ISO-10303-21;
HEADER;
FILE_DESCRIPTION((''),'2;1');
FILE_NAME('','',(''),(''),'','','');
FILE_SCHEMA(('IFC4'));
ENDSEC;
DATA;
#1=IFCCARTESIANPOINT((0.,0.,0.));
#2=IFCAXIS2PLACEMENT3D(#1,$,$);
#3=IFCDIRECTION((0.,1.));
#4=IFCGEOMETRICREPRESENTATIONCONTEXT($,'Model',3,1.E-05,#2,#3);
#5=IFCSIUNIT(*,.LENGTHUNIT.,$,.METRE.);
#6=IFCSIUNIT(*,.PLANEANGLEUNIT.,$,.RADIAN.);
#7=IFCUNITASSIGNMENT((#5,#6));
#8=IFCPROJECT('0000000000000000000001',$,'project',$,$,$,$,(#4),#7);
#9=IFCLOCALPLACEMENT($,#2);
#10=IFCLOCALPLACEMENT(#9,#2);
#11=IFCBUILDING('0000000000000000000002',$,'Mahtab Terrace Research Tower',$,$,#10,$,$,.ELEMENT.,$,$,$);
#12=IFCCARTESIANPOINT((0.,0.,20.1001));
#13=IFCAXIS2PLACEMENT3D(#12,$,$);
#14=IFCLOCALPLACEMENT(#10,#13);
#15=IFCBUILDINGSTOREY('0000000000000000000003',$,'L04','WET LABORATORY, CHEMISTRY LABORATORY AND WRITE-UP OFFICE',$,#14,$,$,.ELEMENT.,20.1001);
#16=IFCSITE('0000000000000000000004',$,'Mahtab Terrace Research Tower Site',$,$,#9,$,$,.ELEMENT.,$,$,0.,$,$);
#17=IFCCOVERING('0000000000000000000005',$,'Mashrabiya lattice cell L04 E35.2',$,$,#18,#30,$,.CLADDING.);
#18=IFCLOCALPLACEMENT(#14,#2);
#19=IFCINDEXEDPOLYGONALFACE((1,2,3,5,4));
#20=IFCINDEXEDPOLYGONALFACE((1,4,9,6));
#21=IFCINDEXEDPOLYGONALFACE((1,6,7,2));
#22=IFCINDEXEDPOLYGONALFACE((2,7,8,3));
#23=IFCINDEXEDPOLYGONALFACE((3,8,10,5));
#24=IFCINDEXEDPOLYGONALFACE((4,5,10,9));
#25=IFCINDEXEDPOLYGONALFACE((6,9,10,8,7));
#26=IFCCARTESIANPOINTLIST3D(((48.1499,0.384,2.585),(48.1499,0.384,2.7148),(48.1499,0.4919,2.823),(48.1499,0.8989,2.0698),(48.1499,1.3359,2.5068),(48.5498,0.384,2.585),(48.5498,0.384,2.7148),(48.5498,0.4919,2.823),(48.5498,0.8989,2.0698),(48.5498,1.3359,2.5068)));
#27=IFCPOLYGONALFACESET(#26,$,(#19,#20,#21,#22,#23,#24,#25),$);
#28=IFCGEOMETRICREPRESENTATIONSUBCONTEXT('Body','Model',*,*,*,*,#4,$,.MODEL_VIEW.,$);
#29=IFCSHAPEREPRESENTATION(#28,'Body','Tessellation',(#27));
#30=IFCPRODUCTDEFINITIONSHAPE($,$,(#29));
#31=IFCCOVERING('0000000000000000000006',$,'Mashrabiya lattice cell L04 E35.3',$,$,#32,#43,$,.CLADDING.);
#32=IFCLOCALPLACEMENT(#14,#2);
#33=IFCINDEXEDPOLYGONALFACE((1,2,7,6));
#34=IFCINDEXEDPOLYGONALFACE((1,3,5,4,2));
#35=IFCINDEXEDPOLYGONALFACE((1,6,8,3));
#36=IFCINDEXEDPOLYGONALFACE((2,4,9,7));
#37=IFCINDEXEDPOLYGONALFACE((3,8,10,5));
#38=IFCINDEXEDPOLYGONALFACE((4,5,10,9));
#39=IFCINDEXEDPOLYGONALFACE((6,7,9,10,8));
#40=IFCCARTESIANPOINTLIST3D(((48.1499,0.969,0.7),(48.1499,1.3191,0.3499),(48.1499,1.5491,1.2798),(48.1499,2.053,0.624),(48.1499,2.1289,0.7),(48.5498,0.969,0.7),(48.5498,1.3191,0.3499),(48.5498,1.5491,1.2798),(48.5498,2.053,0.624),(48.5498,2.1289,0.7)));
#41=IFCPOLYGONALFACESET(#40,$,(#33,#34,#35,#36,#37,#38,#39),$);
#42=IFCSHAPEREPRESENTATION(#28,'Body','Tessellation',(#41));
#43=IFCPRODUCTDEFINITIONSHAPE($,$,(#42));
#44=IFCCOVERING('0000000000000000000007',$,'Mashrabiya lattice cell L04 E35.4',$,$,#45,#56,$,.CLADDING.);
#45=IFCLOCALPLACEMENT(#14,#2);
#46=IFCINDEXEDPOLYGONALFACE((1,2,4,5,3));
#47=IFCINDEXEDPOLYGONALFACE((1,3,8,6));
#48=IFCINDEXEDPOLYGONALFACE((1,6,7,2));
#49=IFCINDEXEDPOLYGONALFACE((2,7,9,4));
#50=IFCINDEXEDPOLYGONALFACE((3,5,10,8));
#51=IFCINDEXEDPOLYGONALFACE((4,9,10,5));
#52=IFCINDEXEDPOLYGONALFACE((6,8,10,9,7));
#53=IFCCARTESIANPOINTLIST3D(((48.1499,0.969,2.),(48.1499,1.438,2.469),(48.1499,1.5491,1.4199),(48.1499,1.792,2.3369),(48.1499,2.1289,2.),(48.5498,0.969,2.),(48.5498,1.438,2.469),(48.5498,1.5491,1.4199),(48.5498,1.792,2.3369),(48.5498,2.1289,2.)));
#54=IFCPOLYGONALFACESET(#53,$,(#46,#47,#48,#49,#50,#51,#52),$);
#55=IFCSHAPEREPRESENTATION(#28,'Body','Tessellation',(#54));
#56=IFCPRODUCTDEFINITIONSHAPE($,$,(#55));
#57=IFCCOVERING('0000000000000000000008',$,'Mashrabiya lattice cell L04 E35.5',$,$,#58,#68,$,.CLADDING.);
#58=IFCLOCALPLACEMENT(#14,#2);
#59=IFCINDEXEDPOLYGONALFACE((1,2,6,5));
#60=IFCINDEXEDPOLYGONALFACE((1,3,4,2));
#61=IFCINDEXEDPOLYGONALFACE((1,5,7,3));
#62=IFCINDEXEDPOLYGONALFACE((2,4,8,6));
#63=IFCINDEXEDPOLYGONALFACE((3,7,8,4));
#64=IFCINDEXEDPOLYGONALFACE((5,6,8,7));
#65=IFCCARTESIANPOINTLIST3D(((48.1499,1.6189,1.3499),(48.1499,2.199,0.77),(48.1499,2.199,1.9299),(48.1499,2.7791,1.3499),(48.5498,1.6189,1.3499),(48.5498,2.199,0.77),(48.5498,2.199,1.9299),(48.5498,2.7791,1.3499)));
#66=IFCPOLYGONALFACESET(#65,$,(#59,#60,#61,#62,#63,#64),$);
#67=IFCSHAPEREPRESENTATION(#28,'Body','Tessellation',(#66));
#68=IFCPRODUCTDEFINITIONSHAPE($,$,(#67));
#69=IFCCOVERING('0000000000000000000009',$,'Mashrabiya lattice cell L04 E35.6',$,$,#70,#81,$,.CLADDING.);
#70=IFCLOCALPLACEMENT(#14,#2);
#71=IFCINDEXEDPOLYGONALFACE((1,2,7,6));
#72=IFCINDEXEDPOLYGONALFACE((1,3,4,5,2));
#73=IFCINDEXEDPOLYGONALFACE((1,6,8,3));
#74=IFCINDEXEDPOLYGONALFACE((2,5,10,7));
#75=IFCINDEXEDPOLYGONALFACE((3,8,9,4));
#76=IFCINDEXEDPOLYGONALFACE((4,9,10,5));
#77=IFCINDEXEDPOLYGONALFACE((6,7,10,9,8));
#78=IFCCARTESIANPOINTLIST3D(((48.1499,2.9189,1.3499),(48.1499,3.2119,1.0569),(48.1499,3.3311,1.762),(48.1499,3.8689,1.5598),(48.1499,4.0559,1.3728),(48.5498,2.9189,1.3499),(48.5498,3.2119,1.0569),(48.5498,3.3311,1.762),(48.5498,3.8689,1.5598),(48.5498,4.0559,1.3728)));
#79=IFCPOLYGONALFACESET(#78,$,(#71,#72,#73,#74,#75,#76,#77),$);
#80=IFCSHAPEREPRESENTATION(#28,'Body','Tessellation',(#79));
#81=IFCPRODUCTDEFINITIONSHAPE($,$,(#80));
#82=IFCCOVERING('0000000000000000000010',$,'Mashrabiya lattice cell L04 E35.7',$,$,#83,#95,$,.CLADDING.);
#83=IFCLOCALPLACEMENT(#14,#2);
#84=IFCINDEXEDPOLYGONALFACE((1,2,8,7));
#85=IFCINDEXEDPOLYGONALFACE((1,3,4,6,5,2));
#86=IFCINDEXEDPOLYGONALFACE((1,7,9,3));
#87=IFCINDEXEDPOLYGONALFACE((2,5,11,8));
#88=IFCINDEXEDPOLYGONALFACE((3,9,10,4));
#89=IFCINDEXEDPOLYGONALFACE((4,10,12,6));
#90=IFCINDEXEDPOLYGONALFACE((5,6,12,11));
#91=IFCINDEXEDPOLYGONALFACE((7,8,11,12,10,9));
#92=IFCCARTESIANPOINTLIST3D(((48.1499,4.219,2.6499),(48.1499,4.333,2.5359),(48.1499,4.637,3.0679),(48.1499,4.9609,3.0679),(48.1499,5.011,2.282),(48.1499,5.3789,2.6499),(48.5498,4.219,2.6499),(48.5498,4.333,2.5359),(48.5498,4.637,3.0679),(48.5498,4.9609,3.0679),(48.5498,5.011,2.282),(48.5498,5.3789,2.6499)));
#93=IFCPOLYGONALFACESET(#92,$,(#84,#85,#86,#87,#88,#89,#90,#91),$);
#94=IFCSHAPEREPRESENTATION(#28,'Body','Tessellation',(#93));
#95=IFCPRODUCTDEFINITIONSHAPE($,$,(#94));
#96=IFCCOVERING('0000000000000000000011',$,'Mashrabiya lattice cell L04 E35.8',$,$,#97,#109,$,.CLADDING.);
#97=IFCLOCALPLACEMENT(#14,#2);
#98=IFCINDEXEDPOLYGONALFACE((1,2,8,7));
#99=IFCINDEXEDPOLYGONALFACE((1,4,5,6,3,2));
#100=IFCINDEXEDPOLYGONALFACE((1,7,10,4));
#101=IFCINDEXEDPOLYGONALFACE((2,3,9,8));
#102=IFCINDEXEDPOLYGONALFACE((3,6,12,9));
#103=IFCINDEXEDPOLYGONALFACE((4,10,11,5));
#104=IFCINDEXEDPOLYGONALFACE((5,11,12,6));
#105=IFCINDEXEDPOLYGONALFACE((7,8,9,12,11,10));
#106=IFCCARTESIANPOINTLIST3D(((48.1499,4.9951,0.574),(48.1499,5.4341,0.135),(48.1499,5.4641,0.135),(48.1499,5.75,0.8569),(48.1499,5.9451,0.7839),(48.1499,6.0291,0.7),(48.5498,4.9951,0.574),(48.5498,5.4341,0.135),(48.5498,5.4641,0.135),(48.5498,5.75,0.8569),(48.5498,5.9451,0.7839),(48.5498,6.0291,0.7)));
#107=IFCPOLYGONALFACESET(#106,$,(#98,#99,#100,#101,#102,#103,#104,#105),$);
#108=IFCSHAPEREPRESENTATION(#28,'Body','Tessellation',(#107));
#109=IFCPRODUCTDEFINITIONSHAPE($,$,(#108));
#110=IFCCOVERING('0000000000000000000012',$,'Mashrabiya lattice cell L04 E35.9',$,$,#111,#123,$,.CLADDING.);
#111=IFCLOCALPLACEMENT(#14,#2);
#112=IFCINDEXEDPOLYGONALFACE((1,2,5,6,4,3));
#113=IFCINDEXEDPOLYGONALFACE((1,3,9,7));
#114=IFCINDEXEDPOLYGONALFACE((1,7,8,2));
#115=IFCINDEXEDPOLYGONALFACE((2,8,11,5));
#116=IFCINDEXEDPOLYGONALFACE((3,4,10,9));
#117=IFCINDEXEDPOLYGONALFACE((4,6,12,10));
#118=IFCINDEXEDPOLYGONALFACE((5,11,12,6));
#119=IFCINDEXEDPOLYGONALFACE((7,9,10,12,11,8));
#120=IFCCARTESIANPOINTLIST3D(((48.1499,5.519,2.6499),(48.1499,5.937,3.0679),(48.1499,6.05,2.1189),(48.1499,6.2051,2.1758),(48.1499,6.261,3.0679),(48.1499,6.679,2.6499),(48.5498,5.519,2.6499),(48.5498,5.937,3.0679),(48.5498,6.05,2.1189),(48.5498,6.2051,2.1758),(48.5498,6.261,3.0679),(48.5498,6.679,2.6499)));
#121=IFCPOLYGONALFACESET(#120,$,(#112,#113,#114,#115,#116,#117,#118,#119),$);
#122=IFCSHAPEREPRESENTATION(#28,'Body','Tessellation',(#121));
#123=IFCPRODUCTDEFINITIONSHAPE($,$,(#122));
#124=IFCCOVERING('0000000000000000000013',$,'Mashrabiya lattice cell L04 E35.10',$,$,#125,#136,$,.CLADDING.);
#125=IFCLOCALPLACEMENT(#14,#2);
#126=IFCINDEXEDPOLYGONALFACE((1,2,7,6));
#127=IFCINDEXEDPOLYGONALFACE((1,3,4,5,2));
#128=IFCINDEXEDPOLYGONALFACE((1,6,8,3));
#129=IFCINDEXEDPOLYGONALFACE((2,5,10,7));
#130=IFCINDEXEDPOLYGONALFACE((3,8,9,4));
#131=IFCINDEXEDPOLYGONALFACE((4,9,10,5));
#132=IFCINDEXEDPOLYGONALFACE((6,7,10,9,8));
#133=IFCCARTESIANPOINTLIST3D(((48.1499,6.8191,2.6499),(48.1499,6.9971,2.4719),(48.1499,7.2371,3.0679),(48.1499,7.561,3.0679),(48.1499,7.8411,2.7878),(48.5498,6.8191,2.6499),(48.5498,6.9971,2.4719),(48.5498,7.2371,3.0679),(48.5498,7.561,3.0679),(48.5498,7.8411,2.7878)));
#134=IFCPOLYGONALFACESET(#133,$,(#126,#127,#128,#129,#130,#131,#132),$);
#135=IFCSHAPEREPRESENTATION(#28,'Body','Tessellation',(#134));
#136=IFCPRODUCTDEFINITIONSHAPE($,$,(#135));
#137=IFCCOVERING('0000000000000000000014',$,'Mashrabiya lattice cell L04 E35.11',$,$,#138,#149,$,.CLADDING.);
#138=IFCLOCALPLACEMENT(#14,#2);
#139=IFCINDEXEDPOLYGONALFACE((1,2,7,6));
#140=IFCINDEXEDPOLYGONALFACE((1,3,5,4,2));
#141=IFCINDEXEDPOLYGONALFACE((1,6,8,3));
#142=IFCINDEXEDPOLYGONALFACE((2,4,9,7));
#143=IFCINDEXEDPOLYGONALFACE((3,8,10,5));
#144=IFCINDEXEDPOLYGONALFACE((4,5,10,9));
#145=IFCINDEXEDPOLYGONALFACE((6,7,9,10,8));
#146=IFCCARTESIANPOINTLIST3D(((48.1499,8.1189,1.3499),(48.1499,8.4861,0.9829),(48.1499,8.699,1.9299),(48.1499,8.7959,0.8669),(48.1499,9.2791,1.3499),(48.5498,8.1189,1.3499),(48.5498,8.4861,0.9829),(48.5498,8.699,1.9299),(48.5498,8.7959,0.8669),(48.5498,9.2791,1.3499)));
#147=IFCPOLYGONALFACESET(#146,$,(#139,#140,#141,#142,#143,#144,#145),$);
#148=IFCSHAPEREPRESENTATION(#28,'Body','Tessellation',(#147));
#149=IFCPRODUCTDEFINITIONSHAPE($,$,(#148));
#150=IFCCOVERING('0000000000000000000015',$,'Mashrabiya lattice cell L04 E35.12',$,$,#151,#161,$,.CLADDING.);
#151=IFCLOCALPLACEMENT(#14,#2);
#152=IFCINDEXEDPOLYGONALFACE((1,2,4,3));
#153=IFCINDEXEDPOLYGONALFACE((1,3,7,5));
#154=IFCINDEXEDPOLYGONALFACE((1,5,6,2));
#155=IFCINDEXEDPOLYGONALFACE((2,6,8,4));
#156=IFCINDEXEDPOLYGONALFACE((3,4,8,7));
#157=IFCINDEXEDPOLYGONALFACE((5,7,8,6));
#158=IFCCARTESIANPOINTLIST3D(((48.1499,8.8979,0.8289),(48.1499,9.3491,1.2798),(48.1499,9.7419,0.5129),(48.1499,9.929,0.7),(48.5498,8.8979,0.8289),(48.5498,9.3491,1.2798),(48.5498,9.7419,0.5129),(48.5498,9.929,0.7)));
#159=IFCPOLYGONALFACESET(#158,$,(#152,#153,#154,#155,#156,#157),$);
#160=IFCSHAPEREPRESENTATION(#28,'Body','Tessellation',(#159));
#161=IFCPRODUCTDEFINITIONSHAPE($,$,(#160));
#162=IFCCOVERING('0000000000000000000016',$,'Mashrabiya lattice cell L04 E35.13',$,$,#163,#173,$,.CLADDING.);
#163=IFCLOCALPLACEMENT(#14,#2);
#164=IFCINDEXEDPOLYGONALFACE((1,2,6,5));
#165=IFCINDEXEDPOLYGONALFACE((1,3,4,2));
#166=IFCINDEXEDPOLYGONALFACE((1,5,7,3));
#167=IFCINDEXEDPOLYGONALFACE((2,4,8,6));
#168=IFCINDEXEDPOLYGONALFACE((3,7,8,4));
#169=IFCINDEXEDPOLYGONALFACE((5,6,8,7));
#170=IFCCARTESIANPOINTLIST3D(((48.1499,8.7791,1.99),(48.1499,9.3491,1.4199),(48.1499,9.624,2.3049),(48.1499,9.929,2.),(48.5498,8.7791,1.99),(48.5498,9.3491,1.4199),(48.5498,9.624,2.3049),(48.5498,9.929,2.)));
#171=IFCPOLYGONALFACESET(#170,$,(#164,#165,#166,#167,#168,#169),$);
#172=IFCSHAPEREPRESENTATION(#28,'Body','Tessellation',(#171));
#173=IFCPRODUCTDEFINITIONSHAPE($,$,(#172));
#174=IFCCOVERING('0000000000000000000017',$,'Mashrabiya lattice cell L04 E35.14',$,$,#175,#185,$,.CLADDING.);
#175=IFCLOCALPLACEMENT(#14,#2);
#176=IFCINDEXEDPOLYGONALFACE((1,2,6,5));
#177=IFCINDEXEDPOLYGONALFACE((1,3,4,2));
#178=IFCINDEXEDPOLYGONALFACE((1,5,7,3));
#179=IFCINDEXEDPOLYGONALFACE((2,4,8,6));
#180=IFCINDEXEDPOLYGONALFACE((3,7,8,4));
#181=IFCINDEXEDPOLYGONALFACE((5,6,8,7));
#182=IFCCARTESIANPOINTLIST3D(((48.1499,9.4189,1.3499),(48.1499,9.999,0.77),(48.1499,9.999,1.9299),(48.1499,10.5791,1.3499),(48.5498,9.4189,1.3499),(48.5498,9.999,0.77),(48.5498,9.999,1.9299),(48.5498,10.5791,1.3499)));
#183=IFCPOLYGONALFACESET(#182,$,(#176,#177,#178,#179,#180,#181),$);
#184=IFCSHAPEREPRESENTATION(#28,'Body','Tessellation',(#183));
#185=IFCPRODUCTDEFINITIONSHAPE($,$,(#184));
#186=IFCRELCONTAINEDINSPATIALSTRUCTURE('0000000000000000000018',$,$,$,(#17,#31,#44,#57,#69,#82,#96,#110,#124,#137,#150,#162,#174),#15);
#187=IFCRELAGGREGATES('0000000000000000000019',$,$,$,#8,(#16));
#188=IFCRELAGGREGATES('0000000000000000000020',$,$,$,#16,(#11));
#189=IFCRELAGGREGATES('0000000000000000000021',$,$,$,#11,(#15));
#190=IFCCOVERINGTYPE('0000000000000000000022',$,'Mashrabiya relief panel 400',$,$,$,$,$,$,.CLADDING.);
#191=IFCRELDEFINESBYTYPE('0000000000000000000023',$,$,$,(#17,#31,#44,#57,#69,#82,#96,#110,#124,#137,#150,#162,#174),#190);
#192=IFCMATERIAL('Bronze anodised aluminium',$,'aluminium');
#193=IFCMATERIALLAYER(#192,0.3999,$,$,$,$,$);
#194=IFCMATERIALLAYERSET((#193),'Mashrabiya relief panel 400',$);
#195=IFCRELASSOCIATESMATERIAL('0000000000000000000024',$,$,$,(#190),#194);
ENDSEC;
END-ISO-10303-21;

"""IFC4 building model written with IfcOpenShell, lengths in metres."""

from ifc_helpers import new_model, si_unit, direction, frame, origin, place, context, subcontext, project, spatial, polyline, outline, extrude, material, layer, layer_set, type_object, element, save


model = new_model("IFC4")

# Units and contexts
model_context = context("Model", 3, precision=1e-05, world=origin(), true_north=direction((0.0, 1.0)))
body_context = subcontext(model_context, "Body", "Model", "MODEL_VIEW")
ifc_project = project(units=[si_unit("LENGTHUNIT", "METRE"), si_unit("PLANEANGLEUNIT", "RADIAN")], contexts=[model_context])

# Site, building, storey
site_placement = place(None, origin())
site = spatial("IfcSite", under=ifc_project, at=site_placement, Name="Mahtab Terrace Research Tower Site", CompositionType="ELEMENT", RefElevation=0.0)
building_placement = place(site_placement, origin())
building = spatial("IfcBuilding", under=site, at=building_placement, Name="Mahtab Terrace Research Tower", CompositionType="ELEMENT")
storey_placement = place(building_placement, frame((0.0, 0.0, 20.1001)))
storey = spatial("IfcBuildingStorey", under=building, at=storey_placement, Name="L04", Description="WET LABORATORY, CHEMISTRY LABORATORY AND WRITE-UP OFFICE", CompositionType="ELEMENT", Elevation=20.1001)

# Coverings
ifc_material_1 = material(Name="Bronze anodised aluminium", Category="aluminium")
ifc_layer_1 = layer(ifc_material_1, 0.3999)
ifc_layer_set_1 = layer_set([ifc_layer_1], Name="Mashrabiya relief panel 400")
covering_type = type_object("IfcCoveringType", Name="Mashrabiya relief panel 400", PredefinedType="CLADDING", material=ifc_layer_set_1)
covering_1_placement = place(storey_placement, frame((48.1499, 0.8989, 2.0698), z_axis=(-1.0, 0.0, 0.0), x_axis=(0.0, -0.706939, 0.707274)))
element("IfcCovering", 1, at=covering_1_placement, inside=storey, type_object=covering_type, Name="Mashrabiya lattice cell L04 E35.2", PredefinedType="CLADDING", context=body_context, shape_type="SweptSolid", body=[
    extrude(outline(polyline([(0.0, 0.0), (0.7283, 0.0), (0.8202, 0.0918), (0.8204, 0.2446), (0.0001, 0.618), (0.0, 0.0)])), origin(), (0.0, 0.0, -1.0), 0.3999),
])
covering_2_placement = place(storey_placement, frame((48.1499, 0.969, 0.7), z_axis=(-1.0, 0.0, 0.0), x_axis=(0.0, 0.707256, 0.706958)))
element("IfcCovering", 2, at=covering_2_placement, inside=storey, type_object=covering_type, Name="Mashrabiya lattice cell L04 E35.3", PredefinedType="CLADDING", context=body_context, shape_type="SweptSolid", body=[
    extrude(outline(polyline([(0.0, 0.0), (0.8202, 0.0), (0.8204, 0.82), (0.713, 0.82), (0.0001, 0.4951), (0.0, 0.0)])), origin(), (0.0, 0.0, -1.0), 0.3999),
])
covering_3_placement = place(storey_placement, frame((48.1499, 2.1289, 2.0), z_axis=(-1.0, 0.0, 0.0), x_axis=(0.0, -0.706958, -0.707256)))
element("IfcCovering", 3, at=covering_3_placement, inside=storey, type_object=covering_type, Name="Mashrabiya lattice cell L04 E35.4", PredefinedType="CLADDING", context=body_context, shape_type="SweptSolid", body=[
    extrude(outline(polyline([(0.0, 0.0), (0.8202, 0.0), (0.82, 0.8204), (0.1568, 0.8202), (-0.0001, 0.4765), (0.0, 0.0)])), origin(), (0.0, 0.0, -1.0), 0.3999),
])
covering_4_placement = place(storey_placement, frame((48.1499, 2.199, 1.9299), z_axis=(-1.0, 0.0, 0.0), x_axis=(0.0, 0.707107, -0.707107)))
element("IfcCovering", 4, at=covering_4_placement, inside=storey, type_object=covering_type, Name="Mashrabiya lattice cell L04 E35.5", PredefinedType="CLADDING", context=body_context, shape_type="SweptSolid", body=[
    extrude(outline(polyline([(0.0, 0.0), (0.8204, 0.0), (0.8202, 0.8202), (0.0, 0.8204), (0.0, 0.0)])), origin(), (0.0, 0.0, -1.0), 0.3999),
])
covering_5_placement = place(storey_placement, frame((48.1499, 2.9189, 1.3499), z_axis=(-1.0, 0.0, 0.0), x_axis=(0.0, 0.707107, 0.707107)))
element("IfcCovering", 5, at=covering_5_placement, inside=storey, type_object=covering_type, Name="Mashrabiya lattice cell L04 E35.6", PredefinedType="CLADDING", context=body_context, shape_type="SweptSolid", body=[
    extrude(outline(polyline([(0.0, 0.0), (0.5828, 0.0), (0.8202, 0.5233), (0.8202, 0.7877), (0.0, 0.4143), (0.0, 0.0)])), origin(), (0.0, 0.0, -1.0), 0.3999),
])
covering_6_placement = place(storey_placement, frame((48.1499, 4.219, 2.6499), z_axis=(-1.0, 0.0, 0.0), x_axis=(0.0, 0.707107, 0.707107)))
element("IfcCovering", 6, at=covering_6_placement, inside=storey, type_object=covering_type, Name="Mashrabiya lattice cell L04 E35.7", PredefinedType="CLADDING", context=body_context, shape_type="SweptSolid", body=[
    extrude(outline(polyline([(0.0, 0.0), (0.5911, 0.0), (0.8202, 0.2291), (0.8202, 0.8202), (0.2999, 0.8202), (0.0, 0.1612), (0.0, 0.0)])), origin(), (0.0, 0.0, -1.0), 0.3999),
])
covering_7_placement = place(storey_placement, frame((48.1499, 4.9951, 0.574), z_axis=(-1.0, 0.0, 0.0), x_axis=(0.0, 0.936379, 0.350991)))
element("IfcCovering", 7, at=covering_7_placement, inside=storey, type_object=covering_type, Name="Mashrabiya lattice cell L04 E35.8", PredefinedType="CLADDING", context=body_context, shape_type="SweptSolid", body=[
    extrude(outline(polyline([(0.0, 0.0), (0.8062, 0.0), (0.9632, 0.1368), (1.0124, 0.2449), (0.2851, 0.5757), (0.257, 0.5651), (0.0, 0.0)])), origin(), (0.0, 0.0, -1.0), 0.3999),
])
covering_8_placement = place(storey_placement, frame((48.1499, 5.519, 2.6499), z_axis=(-1.0, 0.0, 0.0), x_axis=(0.0, 0.707107, 0.707107)))
element("IfcCovering", 8, at=covering_8_placement, inside=storey, type_object=covering_type, Name="Mashrabiya lattice cell L04 E35.9", PredefinedType="CLADDING", context=body_context, shape_type="SweptSolid", body=[
    extrude(outline(polyline([(0.0, 0.0), (0.5911, 0.0), (0.8202, 0.2291), (0.8202, 0.8202), (0.1498, 0.8204), (0.0, 0.751), (0.0, 0.0)])), origin(), (0.0, 0.0, -1.0), 0.3999),
])
covering_9_placement = place(storey_placement, frame((48.1499, 6.8191, 2.6499), z_axis=(-1.0, 0.0, 0.0), x_axis=(0.0, 0.707107, 0.707107)))
element("IfcCovering", 9, at=covering_9_placement, inside=storey, type_object=covering_type, Name="Mashrabiya lattice cell L04 E35.10", PredefinedType="CLADDING", context=body_context, shape_type="SweptSolid", body=[
    extrude(outline(polyline([(0.0, 0.0), (0.5911, 0.0), (0.8202, 0.2291), (0.8202, 0.6251), (0.0, 0.2517), (0.0, 0.0)])), origin(), (0.0, 0.0, -1.0), 0.3999),
])
covering_10_placement = place(storey_placement, frame((48.1499, 8.1189, 1.3499), z_axis=(-1.0, 0.0, 0.0), x_axis=(0.0, 0.707107, 0.707107)))
element("IfcCovering", 10, at=covering_10_placement, inside=storey, type_object=covering_type, Name="Mashrabiya lattice cell L04 E35.11", PredefinedType="CLADDING", context=body_context, shape_type="SweptSolid", body=[
    extrude(outline(polyline([(0.0, 0.0), (0.8204, 0.0), (0.8204, 0.8204), (0.1372, 0.8202), (0.0002, 0.5191), (0.0, 0.0)])), origin(), (0.0, 0.0, -1.0), 0.3999),
])
covering_11_placement = place(storey_placement, frame((48.1499, 9.3491, 1.2798), z_axis=(-1.0, 0.0, 0.0), x_axis=(0.0, 0.707107, -0.707107)))
element("IfcCovering", 11, at=covering_11_placement, inside=storey, type_object=covering_type, Name="Mashrabiya lattice cell L04 E35.12", PredefinedType="CLADDING", context=body_context, shape_type="SweptSolid", body=[
    extrude(outline(polyline([(0.0, 0.0), (0.82, 0.0), (0.82, 0.2645), (-0.0002, 0.6379), (0.0, 0.0)])), origin(), (0.0, 0.0, -1.0), 0.3999),
])
covering_12_placement = place(storey_placement, frame((48.1499, 9.929, 2.0), z_axis=(-1.0, 0.0, 0.0), x_axis=(0.0, -0.706958, -0.707256)))
element("IfcCovering", 12, at=covering_12_placement, inside=storey, type_object=covering_type, Name="Mashrabiya lattice cell L04 E35.13", PredefinedType="CLADDING", context=body_context, shape_type="SweptSolid", body=[
    extrude(outline(polyline([(0.0, 0.0), (0.8202, 0.0), (0.82, 0.8062), (-0.0001, 0.4312), (0.0, 0.0)])), origin(), (0.0, 0.0, -1.0), 0.3999),
])
covering_13_placement = place(storey_placement, frame((48.1499, 9.999, 1.9299), z_axis=(-1.0, 0.0, 0.0), x_axis=(0.0, 0.707107, -0.707107)))
element("IfcCovering", 13, at=covering_13_placement, inside=storey, type_object=covering_type, Name="Mashrabiya lattice cell L04 E35.14", PredefinedType="CLADDING", context=body_context, shape_type="SweptSolid", body=[
    extrude(outline(polyline([(0.0, 0.0), (0.8204, 0.0), (0.8202, 0.8202), (0.0, 0.8204), (0.0, 0.0)])), origin(), (0.0, 0.0, -1.0), 0.3999),
])

save(model, "model.ifc")
